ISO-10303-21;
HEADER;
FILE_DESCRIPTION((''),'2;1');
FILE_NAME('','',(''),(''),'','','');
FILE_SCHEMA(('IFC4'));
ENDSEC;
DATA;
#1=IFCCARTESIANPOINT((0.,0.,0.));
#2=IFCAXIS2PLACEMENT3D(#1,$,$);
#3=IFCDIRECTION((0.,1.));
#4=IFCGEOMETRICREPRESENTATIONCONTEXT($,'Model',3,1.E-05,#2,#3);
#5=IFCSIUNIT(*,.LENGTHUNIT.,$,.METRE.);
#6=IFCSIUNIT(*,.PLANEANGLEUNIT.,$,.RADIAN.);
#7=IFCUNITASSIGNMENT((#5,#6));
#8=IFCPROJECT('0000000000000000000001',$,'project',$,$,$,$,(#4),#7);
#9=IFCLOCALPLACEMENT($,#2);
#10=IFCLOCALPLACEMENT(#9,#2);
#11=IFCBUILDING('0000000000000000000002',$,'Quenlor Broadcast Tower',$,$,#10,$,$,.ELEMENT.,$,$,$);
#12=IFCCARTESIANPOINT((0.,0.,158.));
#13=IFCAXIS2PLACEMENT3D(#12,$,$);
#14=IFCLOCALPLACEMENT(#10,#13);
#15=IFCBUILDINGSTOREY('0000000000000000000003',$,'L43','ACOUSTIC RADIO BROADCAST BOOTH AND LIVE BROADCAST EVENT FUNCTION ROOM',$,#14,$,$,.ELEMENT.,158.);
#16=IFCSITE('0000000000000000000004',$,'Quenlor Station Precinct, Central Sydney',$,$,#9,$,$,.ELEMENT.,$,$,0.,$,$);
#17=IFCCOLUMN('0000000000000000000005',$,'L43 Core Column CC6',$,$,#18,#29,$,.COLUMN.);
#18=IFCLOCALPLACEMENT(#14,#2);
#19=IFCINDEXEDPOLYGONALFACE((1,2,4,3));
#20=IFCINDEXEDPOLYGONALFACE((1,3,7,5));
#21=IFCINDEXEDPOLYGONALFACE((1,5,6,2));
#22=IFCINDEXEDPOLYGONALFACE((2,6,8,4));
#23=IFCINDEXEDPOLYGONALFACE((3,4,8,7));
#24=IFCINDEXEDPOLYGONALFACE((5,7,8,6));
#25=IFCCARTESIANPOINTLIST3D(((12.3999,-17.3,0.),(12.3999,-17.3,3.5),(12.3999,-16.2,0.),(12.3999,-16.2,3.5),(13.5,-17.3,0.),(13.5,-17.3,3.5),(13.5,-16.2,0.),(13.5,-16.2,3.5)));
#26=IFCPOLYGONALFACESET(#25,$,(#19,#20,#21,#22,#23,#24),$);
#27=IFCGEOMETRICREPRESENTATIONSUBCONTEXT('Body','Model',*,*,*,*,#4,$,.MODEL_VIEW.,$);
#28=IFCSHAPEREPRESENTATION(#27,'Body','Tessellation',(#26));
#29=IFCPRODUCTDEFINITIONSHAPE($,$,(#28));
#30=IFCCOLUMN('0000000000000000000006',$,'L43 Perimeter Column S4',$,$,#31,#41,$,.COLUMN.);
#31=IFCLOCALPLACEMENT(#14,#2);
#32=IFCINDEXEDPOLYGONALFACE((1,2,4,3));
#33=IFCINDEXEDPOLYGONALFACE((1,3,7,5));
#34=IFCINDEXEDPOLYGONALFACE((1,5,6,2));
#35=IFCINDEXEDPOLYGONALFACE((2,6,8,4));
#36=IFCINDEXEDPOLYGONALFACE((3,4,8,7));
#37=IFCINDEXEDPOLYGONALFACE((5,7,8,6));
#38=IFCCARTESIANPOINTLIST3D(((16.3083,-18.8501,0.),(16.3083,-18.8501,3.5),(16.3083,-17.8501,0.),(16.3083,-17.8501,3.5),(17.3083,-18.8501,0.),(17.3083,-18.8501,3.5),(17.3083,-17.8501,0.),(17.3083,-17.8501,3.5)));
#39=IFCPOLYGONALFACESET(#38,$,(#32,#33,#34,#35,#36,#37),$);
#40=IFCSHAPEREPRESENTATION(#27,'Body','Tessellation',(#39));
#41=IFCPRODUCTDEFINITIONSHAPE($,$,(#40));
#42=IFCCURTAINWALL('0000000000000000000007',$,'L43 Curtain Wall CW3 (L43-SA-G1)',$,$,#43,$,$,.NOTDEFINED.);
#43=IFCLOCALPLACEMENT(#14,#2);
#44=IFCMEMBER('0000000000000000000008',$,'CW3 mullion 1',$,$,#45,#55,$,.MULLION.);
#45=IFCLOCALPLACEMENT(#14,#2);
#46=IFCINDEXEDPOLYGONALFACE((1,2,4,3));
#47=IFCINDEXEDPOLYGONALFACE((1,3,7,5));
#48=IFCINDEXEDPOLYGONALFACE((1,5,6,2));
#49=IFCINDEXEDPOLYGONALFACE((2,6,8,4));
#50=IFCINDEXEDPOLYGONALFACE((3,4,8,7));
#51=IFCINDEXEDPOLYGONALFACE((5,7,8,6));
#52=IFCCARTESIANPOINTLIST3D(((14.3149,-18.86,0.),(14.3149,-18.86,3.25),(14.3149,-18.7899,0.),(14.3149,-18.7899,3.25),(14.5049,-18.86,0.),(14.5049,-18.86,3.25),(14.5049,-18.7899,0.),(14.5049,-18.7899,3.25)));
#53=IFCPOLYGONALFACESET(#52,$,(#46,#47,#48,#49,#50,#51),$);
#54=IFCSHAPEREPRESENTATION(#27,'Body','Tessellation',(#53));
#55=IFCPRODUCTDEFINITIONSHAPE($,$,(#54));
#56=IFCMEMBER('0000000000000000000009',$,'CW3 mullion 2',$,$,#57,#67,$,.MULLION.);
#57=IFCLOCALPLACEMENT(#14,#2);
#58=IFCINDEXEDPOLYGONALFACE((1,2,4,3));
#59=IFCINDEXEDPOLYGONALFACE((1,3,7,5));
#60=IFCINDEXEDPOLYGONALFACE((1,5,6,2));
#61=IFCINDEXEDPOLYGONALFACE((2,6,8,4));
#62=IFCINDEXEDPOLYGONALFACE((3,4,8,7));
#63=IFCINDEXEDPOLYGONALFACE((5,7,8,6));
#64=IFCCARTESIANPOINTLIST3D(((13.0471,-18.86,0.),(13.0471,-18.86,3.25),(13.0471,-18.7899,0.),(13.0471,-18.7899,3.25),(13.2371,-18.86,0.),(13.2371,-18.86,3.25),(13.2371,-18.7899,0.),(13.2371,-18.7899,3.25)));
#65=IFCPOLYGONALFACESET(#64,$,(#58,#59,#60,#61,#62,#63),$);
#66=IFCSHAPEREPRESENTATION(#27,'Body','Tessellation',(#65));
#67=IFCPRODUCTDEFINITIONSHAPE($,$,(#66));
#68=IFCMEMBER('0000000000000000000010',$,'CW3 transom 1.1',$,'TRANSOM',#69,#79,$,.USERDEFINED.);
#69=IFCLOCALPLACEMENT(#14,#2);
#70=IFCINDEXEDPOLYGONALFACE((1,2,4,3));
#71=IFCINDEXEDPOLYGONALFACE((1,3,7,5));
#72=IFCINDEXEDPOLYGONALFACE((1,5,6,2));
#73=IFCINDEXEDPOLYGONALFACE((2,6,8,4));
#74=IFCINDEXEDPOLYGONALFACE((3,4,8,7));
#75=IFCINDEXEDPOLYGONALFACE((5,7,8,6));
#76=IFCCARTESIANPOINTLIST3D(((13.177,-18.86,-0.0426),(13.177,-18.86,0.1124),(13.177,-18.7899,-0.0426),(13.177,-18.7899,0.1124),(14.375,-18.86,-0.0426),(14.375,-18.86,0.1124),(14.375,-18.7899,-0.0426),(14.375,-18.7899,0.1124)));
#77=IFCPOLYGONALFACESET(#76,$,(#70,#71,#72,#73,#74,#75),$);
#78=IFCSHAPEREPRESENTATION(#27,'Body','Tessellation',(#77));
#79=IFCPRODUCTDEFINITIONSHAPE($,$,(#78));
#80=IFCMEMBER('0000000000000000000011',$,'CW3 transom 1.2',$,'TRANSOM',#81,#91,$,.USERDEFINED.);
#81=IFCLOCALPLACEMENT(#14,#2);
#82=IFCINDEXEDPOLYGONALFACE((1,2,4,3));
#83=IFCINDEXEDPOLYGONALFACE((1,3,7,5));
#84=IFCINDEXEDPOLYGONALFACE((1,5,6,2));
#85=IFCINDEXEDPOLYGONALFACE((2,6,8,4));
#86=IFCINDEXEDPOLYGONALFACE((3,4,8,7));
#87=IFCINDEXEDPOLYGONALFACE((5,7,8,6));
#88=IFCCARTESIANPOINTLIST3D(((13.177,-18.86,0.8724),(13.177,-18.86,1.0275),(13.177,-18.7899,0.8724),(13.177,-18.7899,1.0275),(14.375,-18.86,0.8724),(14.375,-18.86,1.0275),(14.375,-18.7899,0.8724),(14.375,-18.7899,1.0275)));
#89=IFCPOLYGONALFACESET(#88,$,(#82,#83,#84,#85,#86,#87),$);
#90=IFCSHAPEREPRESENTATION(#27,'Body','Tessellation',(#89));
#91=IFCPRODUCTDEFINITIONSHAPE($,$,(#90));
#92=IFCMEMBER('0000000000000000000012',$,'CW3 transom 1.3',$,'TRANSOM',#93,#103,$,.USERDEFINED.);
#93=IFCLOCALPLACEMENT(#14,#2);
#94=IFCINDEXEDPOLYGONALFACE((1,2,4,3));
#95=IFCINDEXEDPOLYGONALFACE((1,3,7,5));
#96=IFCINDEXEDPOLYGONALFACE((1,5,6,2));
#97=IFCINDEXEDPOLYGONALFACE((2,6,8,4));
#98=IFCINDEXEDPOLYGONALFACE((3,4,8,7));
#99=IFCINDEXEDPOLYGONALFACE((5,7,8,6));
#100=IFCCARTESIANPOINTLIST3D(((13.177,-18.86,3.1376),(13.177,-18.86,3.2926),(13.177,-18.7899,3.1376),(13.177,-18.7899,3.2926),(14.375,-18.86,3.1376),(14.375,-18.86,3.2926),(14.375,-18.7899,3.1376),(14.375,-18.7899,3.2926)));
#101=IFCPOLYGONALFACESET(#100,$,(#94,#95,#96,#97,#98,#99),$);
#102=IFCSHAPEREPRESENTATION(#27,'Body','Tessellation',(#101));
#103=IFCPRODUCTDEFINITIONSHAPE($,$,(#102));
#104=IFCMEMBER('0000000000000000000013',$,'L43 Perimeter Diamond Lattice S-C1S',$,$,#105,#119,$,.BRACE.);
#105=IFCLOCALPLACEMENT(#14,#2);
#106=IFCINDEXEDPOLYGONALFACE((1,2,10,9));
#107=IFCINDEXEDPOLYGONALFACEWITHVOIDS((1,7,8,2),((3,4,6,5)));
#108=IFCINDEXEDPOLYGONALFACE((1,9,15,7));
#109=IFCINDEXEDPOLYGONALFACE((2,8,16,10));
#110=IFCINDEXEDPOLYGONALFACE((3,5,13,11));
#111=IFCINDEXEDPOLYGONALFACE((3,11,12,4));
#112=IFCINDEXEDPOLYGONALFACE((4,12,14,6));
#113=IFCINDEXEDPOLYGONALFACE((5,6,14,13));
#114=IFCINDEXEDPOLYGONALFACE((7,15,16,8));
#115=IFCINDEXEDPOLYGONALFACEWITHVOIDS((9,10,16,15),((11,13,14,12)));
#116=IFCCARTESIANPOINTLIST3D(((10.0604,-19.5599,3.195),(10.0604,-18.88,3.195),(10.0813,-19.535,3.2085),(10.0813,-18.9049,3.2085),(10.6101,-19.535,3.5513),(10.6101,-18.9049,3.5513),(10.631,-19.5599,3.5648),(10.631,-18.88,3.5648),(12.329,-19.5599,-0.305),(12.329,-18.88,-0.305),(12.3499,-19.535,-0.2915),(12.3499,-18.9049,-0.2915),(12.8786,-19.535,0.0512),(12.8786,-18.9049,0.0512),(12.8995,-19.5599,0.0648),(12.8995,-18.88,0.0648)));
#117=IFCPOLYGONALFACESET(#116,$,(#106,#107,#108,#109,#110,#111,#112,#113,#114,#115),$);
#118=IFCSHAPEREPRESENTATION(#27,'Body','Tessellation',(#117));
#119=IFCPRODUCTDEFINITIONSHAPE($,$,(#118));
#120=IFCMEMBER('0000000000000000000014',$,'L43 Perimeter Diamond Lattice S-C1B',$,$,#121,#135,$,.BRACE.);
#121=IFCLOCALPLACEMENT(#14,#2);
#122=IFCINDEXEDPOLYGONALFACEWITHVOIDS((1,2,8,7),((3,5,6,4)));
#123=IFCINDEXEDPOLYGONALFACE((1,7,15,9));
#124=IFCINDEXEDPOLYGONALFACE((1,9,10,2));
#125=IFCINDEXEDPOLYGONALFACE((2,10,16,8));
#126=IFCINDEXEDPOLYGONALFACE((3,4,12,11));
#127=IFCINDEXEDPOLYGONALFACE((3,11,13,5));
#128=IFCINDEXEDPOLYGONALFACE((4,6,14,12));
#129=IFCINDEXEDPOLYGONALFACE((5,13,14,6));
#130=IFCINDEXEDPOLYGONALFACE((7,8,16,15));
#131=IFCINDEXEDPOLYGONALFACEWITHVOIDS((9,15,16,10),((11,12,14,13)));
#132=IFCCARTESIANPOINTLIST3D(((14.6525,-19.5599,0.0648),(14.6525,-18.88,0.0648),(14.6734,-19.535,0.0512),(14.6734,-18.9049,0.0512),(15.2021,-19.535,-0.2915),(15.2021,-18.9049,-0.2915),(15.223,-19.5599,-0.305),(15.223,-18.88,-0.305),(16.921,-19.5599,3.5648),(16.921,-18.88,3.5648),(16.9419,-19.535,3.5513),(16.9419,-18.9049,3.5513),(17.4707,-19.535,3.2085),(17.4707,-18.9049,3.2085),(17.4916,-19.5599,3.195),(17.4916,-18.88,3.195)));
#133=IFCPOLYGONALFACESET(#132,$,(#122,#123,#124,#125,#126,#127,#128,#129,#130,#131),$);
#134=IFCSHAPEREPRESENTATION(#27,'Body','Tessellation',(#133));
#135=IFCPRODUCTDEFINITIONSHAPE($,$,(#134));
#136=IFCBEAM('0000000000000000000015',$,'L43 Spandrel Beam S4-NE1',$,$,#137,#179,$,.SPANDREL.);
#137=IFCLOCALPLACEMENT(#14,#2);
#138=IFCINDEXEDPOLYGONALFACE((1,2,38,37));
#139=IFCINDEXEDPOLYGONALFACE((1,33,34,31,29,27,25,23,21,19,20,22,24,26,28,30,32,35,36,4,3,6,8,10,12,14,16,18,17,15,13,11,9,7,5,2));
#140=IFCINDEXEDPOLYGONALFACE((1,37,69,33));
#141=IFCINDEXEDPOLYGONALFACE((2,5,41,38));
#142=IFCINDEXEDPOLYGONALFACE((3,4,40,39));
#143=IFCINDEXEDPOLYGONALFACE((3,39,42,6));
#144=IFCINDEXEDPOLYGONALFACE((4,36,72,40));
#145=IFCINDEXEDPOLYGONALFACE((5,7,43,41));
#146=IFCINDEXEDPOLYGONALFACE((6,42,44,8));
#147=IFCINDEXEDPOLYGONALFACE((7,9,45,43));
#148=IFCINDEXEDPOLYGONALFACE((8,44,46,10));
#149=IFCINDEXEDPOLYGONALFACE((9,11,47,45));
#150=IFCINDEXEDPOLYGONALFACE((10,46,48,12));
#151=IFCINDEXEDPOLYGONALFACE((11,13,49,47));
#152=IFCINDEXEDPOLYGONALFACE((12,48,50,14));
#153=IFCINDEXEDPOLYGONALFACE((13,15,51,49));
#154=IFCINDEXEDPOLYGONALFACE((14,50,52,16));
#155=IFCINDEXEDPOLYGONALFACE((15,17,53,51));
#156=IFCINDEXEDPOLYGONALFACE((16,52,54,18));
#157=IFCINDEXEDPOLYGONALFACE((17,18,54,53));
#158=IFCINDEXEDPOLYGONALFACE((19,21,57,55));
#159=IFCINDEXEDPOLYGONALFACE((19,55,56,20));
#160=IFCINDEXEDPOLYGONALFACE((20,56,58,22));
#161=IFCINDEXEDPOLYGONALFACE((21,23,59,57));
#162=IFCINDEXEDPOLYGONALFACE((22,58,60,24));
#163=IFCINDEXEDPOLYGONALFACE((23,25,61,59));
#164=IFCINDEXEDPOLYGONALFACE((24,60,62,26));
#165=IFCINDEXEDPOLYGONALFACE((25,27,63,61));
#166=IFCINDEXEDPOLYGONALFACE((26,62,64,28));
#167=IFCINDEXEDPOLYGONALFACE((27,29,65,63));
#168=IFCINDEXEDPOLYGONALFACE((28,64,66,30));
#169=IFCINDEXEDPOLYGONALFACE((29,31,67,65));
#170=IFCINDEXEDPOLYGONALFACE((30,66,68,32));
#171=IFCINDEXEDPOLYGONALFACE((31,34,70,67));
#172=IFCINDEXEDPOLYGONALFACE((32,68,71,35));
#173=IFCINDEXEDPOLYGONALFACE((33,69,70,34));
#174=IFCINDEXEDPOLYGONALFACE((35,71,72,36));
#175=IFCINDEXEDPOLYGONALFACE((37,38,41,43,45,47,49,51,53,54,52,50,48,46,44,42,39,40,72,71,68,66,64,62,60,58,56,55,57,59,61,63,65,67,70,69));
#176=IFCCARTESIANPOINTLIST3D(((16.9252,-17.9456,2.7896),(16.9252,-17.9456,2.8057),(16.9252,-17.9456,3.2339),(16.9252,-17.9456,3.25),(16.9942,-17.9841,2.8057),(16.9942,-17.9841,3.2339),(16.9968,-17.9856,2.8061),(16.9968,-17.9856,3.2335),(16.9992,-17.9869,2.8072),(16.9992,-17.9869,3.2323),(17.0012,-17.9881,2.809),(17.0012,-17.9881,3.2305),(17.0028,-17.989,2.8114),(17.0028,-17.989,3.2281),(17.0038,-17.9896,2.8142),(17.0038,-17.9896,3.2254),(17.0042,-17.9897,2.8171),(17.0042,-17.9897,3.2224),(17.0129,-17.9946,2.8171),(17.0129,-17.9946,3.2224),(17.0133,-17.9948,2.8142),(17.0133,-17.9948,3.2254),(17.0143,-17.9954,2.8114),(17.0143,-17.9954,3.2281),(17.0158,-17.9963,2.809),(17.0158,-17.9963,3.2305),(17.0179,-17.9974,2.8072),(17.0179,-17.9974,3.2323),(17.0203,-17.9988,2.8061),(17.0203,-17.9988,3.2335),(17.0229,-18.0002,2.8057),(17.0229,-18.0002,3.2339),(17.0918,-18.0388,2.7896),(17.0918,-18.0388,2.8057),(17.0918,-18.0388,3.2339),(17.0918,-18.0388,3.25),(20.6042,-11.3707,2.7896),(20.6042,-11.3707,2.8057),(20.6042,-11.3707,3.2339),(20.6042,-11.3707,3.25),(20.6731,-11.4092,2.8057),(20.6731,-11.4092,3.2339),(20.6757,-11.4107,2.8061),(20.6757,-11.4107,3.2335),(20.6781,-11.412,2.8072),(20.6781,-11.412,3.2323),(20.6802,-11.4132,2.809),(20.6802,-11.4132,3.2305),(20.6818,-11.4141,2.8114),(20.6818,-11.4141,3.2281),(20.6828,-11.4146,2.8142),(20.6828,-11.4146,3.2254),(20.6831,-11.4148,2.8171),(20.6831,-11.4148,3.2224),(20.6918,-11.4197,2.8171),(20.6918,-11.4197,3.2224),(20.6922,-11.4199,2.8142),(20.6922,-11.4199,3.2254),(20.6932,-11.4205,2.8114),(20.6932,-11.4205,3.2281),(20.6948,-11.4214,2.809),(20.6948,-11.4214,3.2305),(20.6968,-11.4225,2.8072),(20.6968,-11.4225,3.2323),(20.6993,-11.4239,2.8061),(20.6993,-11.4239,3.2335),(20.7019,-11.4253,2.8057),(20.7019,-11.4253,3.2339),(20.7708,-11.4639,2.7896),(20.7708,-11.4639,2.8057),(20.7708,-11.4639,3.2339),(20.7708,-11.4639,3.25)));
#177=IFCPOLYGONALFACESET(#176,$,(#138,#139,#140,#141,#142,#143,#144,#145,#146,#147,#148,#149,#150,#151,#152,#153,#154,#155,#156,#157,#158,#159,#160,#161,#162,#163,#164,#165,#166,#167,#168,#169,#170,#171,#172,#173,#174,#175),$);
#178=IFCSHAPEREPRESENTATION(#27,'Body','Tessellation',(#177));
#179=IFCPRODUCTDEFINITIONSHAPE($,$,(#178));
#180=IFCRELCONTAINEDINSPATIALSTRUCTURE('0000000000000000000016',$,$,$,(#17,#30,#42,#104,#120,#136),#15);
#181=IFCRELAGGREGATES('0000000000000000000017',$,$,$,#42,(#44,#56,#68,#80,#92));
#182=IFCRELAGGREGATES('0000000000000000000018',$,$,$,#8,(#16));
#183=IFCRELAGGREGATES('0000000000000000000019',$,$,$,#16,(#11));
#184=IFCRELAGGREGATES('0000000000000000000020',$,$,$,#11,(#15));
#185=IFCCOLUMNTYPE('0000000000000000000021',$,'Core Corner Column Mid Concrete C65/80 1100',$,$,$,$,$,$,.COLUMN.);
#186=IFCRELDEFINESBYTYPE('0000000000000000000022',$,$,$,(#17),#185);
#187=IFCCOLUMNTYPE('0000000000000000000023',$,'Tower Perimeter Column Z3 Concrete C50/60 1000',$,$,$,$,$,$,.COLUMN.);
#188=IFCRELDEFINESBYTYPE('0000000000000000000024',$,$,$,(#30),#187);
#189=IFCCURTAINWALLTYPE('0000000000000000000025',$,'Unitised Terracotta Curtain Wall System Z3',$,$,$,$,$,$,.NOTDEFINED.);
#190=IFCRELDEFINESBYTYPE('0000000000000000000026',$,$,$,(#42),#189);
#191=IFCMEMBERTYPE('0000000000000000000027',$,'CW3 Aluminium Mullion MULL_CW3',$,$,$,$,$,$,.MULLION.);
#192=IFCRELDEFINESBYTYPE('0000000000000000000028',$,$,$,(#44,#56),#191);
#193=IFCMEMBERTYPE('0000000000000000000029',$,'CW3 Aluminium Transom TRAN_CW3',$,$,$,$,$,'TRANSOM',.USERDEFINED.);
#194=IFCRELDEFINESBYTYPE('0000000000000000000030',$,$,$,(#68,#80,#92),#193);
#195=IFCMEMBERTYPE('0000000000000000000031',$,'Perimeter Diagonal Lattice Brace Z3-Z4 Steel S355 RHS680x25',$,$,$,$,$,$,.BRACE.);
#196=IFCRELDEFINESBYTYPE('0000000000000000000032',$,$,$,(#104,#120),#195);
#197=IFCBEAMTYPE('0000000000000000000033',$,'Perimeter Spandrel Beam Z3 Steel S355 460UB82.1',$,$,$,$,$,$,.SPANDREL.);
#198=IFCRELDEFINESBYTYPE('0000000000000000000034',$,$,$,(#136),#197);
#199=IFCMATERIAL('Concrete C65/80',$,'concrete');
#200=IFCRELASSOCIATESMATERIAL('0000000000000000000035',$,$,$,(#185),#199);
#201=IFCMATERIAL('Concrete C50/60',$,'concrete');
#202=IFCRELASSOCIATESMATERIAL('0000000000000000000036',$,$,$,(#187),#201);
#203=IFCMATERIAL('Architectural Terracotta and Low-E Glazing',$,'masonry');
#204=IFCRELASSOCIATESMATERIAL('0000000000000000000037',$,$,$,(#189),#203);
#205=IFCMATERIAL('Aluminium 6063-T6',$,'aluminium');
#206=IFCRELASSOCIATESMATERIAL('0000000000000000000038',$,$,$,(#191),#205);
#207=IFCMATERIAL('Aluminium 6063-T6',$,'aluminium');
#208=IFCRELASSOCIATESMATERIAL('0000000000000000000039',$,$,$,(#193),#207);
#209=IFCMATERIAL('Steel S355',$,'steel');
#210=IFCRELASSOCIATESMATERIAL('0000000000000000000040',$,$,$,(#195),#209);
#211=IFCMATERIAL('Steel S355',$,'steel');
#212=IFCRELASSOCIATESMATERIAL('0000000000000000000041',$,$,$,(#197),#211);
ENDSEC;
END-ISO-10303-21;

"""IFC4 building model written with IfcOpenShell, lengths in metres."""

from ifc_helpers import new_model, si_unit, direction, frame, origin, origin_2d, place, context, subcontext, project, spatial, rectangle, hollow_rectangle, i_section, extrude, material, material_profile, profile_set, type_object, element, aggregate, save


model = new_model("IFC4")

# Units and contexts
model_context = context("Model", 3, precision=1e-05, world=origin(), true_north=direction((0.0, 1.0)))
body_context = subcontext(model_context, "Body", "Model", "MODEL_VIEW")
ifc_project = project(units=[si_unit("LENGTHUNIT", "METRE"), si_unit("PLANEANGLEUNIT", "RADIAN")], contexts=[model_context])

# Site, building, storey
site_placement = place(None, origin())
site = spatial("IfcSite", under=ifc_project, at=site_placement, Name="Quenlor Station Precinct, Central Sydney", CompositionType="ELEMENT", RefElevation=0.0)
building_placement = place(site_placement, origin())
building = spatial("IfcBuilding", under=site, at=building_placement, Name="Quenlor Broadcast Tower", CompositionType="ELEMENT")
storey_placement = place(building_placement, frame((0.0, 0.0, 158.0)))
storey = spatial("IfcBuildingStorey", under=building, at=storey_placement, Name="L43", Description="ACOUSTIC RADIO BROADCAST BOOTH AND LIVE BROADCAST EVENT FUNCTION ROOM", CompositionType="ELEMENT", Elevation=158.0)

# Columns
ifc_material_1 = material(Name="Concrete C65/80", Category="concrete")
ifc_material_profile_1 = material_profile(ifc_material_1, rectangle(XDim=1.1001, YDim=1.1001, at=origin_2d()))
ifc_profile_set_1 = profile_set([ifc_material_profile_1], Name="Concrete C65/80 RC1100x1100")
column_type_1 = type_object("IfcColumnType", Name="Core Corner Column Mid Concrete C65/80 1100", PredefinedType="COLUMN", material=ifc_profile_set_1)
column_1_placement = place(storey_placement, frame((12.95, -16.75, 0.0), z_axis=(0.0, 0.0, 1.0), x_axis=(1.0, 0.0, 0.0)))
element("IfcColumn", 1, at=column_1_placement, inside=storey, type_object=column_type_1, Name="L43 Core Column CC6", PredefinedType="COLUMN", context=body_context, shape_type="SweptSolid", body=[
    extrude(rectangle(XDim=1.1001, YDim=1.1001, at=origin_2d()), origin(), (0.0, 0.0, 1.0), 3.5),
])
ifc_material_2 = material(Name="Concrete C50/60", Category="concrete")
ifc_material_profile_2 = material_profile(ifc_material_2, rectangle(XDim=1.0, YDim=1.0, at=origin_2d()))
ifc_profile_set_2 = profile_set([ifc_material_profile_2], Name="Concrete C50/60 RC1000x1000")
column_type_2 = type_object("IfcColumnType", Name="Tower Perimeter Column Z3 Concrete C50/60 1000", PredefinedType="COLUMN", material=ifc_profile_set_2)
column_2_placement = place(storey_placement, frame((16.8083, -18.3501, 0.0), z_axis=(0.0, 0.0, 1.0), x_axis=(0.0, 1.0, 0.0)))
element("IfcColumn", 2, at=column_2_placement, inside=storey, type_object=column_type_2, Name="L43 Perimeter Column S4", PredefinedType="COLUMN", context=body_context, shape_type="SweptSolid", body=[
    extrude(rectangle(XDim=1.0, YDim=1.0, at=origin_2d()), origin(), (0.0, 0.0, 1.0), 3.5),
])

# Curtain wall, members
ifc_material_3 = material(Name="Architectural Terracotta and Low-E Glazing", Category="masonry")
curtain_wall_type = type_object("IfcCurtainWallType", Name="Unitised Terracotta Curtain Wall System Z3", PredefinedType="NOTDEFINED", material=ifc_material_3)
curtain_wall_placement = place(storey_placement, origin())
curtain_wall = element("IfcCurtainWall", 3, at=curtain_wall_placement, inside=storey, type_object=curtain_wall_type, Name="L43 Curtain Wall CW3 (L43-SA-G1)", PredefinedType="NOTDEFINED")
ifc_material_4 = material(Name="Aluminium 6063-T6", Category="aluminium")
ifc_material_profile_3 = material_profile(ifc_material_4, rectangle(XDim=0.0701, YDim=0.1899, at=origin_2d()))
ifc_profile_set_3 = profile_set([ifc_material_profile_3], Name="Aluminium 6063-T6 MULL70x190")
member_type_1 = type_object("IfcMemberType", Name="CW3 Aluminium Mullion MULL_CW3", PredefinedType="MULLION", material=ifc_profile_set_3)
member_1_placement = place(storey_placement, frame((14.4099, -18.825, 0.0), z_axis=(0.0, 0.0, 1.0), x_axis=(0.0, -1.0, 0.0)))
member_1 = element("IfcMember", 4, at=member_1_placement, type_object=member_type_1, Name="CW3 mullion 1", PredefinedType="MULLION", context=body_context, shape_type="SweptSolid", body=[
    extrude(rectangle(XDim=0.0701, YDim=0.1899, at=origin_2d()), origin(), (0.0, 0.0, 1.0), 3.25),
])
member_2_placement = place(storey_placement, frame((13.1421, -18.825, 0.0), z_axis=(0.0, 0.0, 1.0), x_axis=(0.0, -1.0, 0.0)))
member_2 = element("IfcMember", 5, at=member_2_placement, type_object=member_type_1, Name="CW3 mullion 2", PredefinedType="MULLION", context=body_context, shape_type="SweptSolid", body=[
    extrude(rectangle(XDim=0.0701, YDim=0.1899, at=origin_2d()), origin(), (0.0, 0.0, 1.0), 3.25),
])
ifc_material_5 = material(Name="Aluminium 6063-T6", Category="aluminium")
ifc_material_profile_4 = material_profile(ifc_material_5, rectangle(XDim=0.0701, YDim=0.155, at=origin_2d()))
ifc_profile_set_4 = profile_set([ifc_material_profile_4], Name="Aluminium 6063-T6 TRAN70x155")
member_type_2 = type_object("IfcMemberType", Name="CW3 Aluminium Transom TRAN_CW3", ElementType="TRANSOM", PredefinedType="USERDEFINED", material=ifc_profile_set_4)
member_3_placement = place(storey_placement, frame((14.375, -18.825, 0.0349), z_axis=(-1.0, 0.0, 0.0), x_axis=(0.0, -1.0, 0.0)))
member_3 = element("IfcMember", 6, at=member_3_placement, type_object=member_type_2, Name="CW3 transom 1.1", ObjectType="TRANSOM", PredefinedType="USERDEFINED", context=body_context, shape_type="SweptSolid", body=[
    extrude(rectangle(XDim=0.0701, YDim=0.155, at=origin_2d()), origin(), (0.0, 0.0, 1.0), 1.198),
])
member_4_placement = place(storey_placement, frame((14.375, -18.825, 0.95), z_axis=(-1.0, 0.0, 0.0), x_axis=(0.0, -1.0, 0.0)))
member_4 = element("IfcMember", 7, at=member_4_placement, type_object=member_type_2, Name="CW3 transom 1.2", ObjectType="TRANSOM", PredefinedType="USERDEFINED", context=body_context, shape_type="SweptSolid", body=[
    extrude(rectangle(XDim=0.0701, YDim=0.155, at=origin_2d()), origin(), (0.0, 0.0, 1.0), 1.198),
])
member_5_placement = place(storey_placement, frame((14.375, -18.825, 3.2151), z_axis=(-1.0, 0.0, 0.0), x_axis=(0.0, -1.0, 0.0)))
member_5 = element("IfcMember", 8, at=member_5_placement, type_object=member_type_2, Name="CW3 transom 1.3", ObjectType="TRANSOM", PredefinedType="USERDEFINED", context=body_context, shape_type="SweptSolid", body=[
    extrude(rectangle(XDim=0.0701, YDim=0.155, at=origin_2d()), origin(), (0.0, 0.0, 1.0), 1.198),
])

# Members
ifc_material_6 = material(Name="Steel S355", Category="steel")
ifc_material_profile_5 = material_profile(ifc_material_6, hollow_rectangle(XDim=0.6799, YDim=0.6799, WallThickness=0.0249, at=origin_2d()))
ifc_profile_set_5 = profile_set([ifc_material_profile_5], Name="Steel S355 RHS680x680x25")
member_type_3 = type_object("IfcMemberType", Name="Perimeter Diagonal Lattice Brace Z3-Z4 Steel S355 RHS680x25", PredefinedType="BRACE", material=ifc_profile_set_5)
for number, where, z_axis, x_axis, name in (
    (9, (12.6143, -19.22, -0.1201), (-0.543902, 0.0, 0.839149), (0.0, -1.0, 0.0), "L43 Perimeter Diamond Lattice S-C1S"),
    (10, (14.9377, -19.22, -0.1201), (0.543902, 0.0, 0.839149), (0.0, 1.0, 0.0), "L43 Perimeter Diamond Lattice S-C1B"),
):
    element("IfcMember", number, at=place(storey_placement, frame(where, z_axis=z_axis, x_axis=x_axis)), inside=storey, type_object=member_type_3, Name=name, PredefinedType="BRACE", context=body_context, shape_type="SweptSolid", body=[
        extrude(hollow_rectangle(XDim=0.6799, YDim=0.6799, WallThickness=0.0249, at=origin_2d()), origin(), (0.0, 0.0, 1.0), 4.1709),
    ])

# Beam
ifc_material_7 = material(Name="Steel S355", Category="steel")
ifc_material_profile_6 = material_profile(ifc_material_7, i_section(OverallWidth=0.1909, OverallDepth=0.4604, WebThickness=0.01, FlangeThickness=0.0161, FilletRadius=0.0115, at=origin_2d()))
ifc_profile_set_6 = profile_set([ifc_material_profile_6], Name="Steel S355 460UB82.1")
beam_type_1 = type_object("IfcBeamType", Name="Perimeter Spandrel Beam Z3 Steel S355 460UB82.1", PredefinedType="SPANDREL", material=ifc_profile_set_6)
beam_1_placement = place(storey_placement, frame((17.0085, -17.9922, 3.0198), z_axis=(0.488298, 0.872677, 0.0), x_axis=(-0.872677, 0.488298, 0.0)))
element("IfcBeam", 11, at=beam_1_placement, inside=storey, type_object=beam_type_1, Name="L43 Spandrel Beam S4-NE1", PredefinedType="SPANDREL", context=body_context, shape_type="SweptSolid", body=[
    extrude(i_section(OverallWidth=0.1909, OverallDepth=0.4604, WebThickness=0.01, FlangeThickness=0.0161, FilletRadius=0.0115, at=origin_2d()), origin(), (0.0, 0.0, 1.0), 7.5342),
])

aggregate(curtain_wall, [member_1, member_2, member_3, member_4, member_5])

save(model, "model.ifc")
